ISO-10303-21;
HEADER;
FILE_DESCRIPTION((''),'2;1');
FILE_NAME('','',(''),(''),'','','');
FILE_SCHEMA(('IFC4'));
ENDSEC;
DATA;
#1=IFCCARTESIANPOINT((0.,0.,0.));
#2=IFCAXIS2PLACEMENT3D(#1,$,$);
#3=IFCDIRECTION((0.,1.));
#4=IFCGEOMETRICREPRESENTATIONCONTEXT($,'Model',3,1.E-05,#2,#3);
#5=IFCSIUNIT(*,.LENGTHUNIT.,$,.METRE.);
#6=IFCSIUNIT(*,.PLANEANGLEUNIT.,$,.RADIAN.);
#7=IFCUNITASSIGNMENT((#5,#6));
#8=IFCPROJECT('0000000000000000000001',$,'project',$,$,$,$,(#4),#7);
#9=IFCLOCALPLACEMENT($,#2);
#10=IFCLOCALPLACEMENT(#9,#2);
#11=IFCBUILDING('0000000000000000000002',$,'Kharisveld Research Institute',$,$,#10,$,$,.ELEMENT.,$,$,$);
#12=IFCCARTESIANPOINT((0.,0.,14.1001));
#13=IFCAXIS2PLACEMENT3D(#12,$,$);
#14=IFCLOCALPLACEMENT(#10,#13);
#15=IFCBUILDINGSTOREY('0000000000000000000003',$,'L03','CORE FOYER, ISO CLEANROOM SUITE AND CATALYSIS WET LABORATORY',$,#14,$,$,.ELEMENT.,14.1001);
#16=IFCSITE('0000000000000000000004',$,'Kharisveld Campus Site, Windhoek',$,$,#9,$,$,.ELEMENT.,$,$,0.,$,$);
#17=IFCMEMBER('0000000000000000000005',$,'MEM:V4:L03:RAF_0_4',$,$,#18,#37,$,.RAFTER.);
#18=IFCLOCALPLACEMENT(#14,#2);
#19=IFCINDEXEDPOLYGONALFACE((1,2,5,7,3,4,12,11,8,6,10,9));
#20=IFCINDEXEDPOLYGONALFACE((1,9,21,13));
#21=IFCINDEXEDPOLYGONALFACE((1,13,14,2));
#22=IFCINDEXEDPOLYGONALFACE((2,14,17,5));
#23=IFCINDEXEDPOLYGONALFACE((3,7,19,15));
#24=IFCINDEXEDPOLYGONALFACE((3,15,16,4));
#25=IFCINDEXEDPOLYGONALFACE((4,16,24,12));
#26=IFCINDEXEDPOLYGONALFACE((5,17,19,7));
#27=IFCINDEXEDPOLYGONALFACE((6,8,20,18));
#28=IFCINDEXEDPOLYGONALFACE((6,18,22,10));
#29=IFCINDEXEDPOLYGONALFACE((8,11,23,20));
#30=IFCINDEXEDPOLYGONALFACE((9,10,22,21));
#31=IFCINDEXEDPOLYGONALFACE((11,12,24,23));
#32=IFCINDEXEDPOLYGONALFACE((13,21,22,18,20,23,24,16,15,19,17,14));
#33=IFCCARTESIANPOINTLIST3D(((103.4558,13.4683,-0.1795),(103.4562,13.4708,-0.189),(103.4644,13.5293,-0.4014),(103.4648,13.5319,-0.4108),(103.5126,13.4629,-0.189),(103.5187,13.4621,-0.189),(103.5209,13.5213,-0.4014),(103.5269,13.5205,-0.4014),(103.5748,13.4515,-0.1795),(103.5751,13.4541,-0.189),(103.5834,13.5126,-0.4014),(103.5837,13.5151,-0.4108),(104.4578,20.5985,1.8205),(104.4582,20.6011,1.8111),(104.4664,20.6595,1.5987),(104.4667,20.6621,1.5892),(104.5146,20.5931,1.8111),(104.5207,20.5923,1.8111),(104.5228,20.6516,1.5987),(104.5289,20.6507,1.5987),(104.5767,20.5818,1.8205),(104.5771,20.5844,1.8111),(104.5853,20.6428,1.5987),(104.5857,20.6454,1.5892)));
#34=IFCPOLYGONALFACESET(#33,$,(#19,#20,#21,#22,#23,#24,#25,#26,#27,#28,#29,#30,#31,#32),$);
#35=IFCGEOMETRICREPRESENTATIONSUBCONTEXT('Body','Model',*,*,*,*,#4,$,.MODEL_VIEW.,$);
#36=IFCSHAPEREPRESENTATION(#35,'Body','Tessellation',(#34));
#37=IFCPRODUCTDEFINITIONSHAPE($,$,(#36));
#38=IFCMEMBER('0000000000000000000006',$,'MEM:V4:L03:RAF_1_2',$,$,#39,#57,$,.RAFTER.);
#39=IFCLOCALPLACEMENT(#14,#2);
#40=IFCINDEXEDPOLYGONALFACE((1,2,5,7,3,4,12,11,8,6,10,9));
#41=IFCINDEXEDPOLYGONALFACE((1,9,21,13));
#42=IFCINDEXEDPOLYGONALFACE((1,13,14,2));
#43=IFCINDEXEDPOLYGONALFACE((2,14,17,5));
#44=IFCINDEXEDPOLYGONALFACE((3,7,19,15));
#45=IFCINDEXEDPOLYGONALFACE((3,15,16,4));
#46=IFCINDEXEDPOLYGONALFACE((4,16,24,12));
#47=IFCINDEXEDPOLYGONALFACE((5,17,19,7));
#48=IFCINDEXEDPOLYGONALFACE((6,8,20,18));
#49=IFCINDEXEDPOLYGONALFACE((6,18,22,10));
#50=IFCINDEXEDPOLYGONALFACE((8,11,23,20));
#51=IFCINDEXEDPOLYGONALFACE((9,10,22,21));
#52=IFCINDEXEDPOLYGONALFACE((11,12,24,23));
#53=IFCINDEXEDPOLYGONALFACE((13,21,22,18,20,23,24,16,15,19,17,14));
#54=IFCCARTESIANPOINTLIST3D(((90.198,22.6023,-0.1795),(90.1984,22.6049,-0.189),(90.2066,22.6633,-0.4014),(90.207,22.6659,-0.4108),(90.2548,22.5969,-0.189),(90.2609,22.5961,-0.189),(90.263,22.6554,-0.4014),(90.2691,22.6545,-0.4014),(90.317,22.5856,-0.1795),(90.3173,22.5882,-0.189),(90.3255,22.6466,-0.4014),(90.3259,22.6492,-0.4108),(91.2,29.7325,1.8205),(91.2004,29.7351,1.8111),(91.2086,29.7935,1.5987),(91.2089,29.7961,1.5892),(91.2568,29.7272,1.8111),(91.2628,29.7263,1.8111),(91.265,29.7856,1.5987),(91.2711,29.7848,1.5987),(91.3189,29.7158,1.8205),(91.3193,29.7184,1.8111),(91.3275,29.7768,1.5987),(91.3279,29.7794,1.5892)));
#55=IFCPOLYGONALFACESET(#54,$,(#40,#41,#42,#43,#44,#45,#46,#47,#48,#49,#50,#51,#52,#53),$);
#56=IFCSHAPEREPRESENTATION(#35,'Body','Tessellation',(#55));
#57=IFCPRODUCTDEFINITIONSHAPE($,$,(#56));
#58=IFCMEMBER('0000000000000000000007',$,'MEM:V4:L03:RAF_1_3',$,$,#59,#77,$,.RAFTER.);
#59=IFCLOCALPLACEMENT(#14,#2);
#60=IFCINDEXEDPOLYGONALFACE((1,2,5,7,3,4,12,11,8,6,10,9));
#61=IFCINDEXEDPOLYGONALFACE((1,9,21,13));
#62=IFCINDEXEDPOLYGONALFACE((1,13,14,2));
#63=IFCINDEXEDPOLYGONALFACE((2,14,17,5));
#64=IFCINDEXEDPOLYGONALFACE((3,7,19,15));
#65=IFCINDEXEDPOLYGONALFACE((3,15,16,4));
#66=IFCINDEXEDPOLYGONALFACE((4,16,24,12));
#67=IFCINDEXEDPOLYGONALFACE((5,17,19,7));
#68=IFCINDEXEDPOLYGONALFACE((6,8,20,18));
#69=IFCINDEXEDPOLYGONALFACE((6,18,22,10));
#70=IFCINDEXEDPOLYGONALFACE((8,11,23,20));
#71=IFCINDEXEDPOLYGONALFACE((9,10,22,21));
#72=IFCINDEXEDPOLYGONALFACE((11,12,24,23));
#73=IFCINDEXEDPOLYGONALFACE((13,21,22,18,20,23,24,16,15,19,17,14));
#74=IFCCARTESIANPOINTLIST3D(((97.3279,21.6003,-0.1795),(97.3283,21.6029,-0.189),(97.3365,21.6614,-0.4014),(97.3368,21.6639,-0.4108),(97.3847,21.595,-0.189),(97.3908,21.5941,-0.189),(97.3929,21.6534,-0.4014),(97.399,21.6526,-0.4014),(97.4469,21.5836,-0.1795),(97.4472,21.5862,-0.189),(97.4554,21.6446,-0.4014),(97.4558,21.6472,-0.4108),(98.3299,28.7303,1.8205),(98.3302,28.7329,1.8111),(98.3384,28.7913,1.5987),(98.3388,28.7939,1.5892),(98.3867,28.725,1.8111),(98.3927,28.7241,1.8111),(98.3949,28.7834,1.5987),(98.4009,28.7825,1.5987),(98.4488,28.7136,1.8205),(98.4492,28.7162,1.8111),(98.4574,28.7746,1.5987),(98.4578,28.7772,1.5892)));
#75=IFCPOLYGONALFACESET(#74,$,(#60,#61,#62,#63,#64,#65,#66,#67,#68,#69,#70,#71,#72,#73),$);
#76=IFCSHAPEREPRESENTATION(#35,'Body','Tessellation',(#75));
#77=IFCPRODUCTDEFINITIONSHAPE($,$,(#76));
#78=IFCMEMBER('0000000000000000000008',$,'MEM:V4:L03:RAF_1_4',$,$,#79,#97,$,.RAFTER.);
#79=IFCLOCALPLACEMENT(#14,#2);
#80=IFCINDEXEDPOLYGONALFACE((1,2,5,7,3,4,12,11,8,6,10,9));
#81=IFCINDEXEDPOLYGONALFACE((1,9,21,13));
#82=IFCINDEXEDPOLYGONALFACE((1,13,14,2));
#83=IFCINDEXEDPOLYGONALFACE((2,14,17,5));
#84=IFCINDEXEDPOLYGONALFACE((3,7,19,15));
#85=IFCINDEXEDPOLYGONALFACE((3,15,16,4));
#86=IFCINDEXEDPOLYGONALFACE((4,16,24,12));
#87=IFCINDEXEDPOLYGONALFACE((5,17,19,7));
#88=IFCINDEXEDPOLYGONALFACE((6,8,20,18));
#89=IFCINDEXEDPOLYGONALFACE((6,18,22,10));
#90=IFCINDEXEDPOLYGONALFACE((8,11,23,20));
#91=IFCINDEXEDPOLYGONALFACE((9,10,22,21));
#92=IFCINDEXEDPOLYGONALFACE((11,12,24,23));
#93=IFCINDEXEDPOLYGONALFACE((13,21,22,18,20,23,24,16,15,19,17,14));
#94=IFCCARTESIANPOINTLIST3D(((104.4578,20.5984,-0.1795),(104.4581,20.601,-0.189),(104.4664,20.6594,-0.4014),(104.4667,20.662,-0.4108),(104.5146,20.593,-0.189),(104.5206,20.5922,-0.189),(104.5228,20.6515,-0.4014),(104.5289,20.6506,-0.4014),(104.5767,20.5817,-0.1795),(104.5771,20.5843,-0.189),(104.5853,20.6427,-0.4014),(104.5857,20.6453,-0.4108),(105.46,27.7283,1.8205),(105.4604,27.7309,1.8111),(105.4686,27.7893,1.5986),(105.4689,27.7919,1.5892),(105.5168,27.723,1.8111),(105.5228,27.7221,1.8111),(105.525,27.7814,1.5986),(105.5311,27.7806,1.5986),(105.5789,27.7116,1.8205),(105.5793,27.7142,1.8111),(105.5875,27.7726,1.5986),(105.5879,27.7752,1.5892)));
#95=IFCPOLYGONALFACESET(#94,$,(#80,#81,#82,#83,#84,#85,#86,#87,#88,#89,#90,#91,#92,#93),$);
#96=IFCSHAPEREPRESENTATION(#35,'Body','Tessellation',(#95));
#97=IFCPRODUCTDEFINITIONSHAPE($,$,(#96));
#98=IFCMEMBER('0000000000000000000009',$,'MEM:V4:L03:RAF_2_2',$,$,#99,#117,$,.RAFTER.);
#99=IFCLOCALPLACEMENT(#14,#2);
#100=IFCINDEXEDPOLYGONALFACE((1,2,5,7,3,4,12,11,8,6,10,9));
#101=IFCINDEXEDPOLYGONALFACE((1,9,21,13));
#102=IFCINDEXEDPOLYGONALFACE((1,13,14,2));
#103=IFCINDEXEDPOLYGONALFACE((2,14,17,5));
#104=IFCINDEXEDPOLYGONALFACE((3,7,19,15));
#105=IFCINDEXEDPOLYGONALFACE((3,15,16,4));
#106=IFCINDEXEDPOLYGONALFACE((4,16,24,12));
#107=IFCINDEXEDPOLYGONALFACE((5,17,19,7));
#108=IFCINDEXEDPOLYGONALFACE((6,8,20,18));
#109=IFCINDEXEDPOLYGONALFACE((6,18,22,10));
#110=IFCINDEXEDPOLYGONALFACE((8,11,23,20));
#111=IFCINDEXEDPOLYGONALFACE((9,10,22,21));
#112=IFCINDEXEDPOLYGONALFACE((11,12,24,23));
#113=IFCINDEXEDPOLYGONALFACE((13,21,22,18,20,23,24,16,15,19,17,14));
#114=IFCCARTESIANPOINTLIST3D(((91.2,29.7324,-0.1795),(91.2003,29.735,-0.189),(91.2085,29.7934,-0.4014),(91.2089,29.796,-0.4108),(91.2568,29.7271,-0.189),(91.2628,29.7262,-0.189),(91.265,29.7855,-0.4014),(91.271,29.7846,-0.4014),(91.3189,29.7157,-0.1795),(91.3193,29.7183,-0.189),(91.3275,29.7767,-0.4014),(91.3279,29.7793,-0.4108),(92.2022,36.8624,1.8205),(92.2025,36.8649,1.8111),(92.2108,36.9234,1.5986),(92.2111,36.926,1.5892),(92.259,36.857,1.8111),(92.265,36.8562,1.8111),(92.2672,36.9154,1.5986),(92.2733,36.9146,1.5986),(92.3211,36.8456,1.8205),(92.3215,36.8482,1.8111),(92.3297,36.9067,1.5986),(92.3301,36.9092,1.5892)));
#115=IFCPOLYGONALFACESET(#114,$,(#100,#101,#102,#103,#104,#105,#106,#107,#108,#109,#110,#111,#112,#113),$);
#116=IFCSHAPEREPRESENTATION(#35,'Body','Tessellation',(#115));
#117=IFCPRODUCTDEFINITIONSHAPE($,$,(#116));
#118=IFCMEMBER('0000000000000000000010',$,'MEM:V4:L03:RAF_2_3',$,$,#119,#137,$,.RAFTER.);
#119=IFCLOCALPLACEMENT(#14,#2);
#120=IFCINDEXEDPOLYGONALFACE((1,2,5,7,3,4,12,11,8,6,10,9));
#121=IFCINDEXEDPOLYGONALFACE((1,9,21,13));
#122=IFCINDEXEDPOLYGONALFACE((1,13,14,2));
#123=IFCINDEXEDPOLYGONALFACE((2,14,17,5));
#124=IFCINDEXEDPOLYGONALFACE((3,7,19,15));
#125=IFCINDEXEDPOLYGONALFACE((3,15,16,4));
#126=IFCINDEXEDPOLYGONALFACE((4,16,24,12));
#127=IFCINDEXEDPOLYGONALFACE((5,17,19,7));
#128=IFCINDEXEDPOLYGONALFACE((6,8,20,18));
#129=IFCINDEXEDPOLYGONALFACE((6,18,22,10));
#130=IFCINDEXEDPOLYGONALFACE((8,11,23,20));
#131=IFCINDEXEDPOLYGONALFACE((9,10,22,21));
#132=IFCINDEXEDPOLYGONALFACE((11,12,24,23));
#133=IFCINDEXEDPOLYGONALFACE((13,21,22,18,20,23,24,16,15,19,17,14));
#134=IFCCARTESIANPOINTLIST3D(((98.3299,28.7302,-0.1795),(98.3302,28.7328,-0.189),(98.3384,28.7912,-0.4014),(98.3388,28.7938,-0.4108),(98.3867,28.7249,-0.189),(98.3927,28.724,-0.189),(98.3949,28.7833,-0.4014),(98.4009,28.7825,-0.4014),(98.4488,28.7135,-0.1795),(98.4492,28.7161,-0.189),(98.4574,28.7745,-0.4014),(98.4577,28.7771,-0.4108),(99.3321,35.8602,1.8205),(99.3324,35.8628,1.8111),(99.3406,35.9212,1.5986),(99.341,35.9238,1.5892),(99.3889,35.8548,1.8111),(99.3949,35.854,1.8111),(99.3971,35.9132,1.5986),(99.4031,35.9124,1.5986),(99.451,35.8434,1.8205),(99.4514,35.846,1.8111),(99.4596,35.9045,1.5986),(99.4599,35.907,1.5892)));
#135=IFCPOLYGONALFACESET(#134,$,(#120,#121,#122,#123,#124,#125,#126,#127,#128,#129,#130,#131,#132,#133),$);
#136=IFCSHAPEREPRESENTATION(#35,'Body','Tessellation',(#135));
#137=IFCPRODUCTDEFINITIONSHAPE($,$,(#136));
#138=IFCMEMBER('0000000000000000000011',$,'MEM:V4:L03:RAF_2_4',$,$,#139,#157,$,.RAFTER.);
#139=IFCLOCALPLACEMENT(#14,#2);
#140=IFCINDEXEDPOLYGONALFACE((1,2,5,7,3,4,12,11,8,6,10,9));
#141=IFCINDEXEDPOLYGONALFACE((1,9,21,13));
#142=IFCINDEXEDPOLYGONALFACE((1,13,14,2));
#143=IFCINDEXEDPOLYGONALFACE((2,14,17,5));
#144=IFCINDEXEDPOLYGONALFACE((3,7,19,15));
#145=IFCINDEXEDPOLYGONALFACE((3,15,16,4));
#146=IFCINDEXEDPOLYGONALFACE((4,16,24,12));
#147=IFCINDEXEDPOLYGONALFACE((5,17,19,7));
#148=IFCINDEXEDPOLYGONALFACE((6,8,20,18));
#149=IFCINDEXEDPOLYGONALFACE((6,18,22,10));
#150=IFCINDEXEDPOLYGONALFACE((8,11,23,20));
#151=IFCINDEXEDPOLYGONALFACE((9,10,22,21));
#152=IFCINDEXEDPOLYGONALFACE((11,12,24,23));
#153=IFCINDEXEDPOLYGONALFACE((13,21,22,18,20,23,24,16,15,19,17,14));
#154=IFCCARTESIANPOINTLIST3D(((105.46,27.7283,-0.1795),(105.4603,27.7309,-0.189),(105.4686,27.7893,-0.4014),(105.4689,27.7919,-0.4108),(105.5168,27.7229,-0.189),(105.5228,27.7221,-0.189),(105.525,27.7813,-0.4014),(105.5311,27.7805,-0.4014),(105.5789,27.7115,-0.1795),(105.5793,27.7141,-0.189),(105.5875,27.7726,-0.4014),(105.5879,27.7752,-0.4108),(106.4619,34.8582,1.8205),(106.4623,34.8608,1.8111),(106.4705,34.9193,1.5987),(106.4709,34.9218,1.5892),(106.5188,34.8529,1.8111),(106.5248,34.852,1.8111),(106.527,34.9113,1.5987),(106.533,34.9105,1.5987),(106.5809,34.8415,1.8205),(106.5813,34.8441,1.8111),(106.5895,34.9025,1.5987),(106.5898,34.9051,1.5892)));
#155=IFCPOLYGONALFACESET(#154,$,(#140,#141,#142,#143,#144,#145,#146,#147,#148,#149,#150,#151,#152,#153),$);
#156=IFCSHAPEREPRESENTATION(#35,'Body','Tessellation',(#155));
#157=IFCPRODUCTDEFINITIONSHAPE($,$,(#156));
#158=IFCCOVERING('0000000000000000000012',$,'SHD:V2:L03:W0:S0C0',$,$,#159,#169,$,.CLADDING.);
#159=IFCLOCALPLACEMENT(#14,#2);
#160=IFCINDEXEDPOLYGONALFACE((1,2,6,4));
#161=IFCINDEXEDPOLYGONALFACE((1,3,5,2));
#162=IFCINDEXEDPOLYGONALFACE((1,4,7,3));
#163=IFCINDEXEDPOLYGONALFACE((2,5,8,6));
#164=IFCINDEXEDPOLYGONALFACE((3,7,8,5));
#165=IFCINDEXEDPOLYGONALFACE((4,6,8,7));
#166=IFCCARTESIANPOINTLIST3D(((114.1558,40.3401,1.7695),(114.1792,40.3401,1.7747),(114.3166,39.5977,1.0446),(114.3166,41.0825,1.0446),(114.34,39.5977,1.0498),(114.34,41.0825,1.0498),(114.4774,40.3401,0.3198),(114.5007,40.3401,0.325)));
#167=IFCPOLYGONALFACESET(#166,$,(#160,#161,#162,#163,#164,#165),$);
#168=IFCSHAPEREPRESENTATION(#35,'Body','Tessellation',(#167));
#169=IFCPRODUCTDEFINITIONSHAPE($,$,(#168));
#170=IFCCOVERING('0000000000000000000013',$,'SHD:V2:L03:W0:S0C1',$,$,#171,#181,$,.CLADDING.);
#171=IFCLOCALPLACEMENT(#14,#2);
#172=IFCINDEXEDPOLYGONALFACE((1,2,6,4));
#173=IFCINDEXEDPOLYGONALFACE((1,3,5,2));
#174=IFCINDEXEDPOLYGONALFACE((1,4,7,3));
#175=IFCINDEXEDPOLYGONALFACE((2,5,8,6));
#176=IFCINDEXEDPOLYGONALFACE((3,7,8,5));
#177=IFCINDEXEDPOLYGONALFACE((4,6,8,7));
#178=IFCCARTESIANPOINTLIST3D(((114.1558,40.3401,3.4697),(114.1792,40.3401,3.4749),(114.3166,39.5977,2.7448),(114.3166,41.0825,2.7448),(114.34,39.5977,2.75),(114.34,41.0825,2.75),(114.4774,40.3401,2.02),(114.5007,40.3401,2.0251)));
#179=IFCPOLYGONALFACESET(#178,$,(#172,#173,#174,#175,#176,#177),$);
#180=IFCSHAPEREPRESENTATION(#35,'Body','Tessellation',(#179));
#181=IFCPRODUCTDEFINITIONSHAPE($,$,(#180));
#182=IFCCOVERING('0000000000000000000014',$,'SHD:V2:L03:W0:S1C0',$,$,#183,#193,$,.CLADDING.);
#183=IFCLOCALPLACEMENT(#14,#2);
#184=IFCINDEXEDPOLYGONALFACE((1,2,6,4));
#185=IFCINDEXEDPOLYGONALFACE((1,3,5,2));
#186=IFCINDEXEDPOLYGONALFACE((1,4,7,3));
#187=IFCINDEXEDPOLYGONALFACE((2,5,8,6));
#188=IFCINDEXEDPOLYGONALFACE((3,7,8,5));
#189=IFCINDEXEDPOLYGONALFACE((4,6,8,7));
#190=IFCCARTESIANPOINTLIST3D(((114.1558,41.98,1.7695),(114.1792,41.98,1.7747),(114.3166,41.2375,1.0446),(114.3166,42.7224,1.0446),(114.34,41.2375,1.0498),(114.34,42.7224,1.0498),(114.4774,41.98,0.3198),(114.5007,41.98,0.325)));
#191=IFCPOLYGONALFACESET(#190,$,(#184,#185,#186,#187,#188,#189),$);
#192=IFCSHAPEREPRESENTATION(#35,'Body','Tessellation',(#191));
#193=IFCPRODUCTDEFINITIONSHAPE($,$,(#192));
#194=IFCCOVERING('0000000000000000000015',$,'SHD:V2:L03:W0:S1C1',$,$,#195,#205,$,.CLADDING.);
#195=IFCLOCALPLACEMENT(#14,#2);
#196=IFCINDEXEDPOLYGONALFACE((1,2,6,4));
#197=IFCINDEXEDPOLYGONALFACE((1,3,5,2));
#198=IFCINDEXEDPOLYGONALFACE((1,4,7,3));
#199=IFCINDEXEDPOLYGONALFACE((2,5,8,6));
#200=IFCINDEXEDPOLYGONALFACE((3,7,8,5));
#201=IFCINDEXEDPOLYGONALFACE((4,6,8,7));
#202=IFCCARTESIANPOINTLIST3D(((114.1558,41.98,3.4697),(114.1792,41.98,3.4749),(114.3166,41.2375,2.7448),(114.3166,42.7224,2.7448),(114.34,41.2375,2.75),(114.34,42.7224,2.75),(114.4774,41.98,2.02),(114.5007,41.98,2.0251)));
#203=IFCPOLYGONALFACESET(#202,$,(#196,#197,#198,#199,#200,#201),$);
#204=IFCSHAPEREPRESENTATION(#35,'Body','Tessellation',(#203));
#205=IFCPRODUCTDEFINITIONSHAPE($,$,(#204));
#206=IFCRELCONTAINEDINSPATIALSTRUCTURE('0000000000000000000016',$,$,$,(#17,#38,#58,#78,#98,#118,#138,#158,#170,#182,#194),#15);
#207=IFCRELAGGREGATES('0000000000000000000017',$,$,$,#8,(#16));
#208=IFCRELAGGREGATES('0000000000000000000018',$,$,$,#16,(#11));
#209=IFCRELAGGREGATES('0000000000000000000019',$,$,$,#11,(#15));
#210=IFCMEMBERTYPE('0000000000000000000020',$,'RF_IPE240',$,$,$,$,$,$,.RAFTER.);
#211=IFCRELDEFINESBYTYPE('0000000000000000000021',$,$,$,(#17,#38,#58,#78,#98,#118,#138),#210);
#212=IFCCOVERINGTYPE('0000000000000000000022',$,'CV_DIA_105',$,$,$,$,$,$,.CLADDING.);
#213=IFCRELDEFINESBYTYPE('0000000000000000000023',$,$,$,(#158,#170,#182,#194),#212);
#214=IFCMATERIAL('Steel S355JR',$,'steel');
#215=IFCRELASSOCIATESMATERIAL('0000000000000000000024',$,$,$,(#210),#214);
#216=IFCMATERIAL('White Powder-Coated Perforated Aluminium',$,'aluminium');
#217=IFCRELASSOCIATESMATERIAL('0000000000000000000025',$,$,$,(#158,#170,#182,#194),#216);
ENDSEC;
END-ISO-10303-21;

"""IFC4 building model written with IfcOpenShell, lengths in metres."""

from ifc_helpers import new_model, si_unit, direction, frame, origin, origin_2d, place, context, subcontext, project, spatial, polyline, i_section, outline, extrude, material, material_profile, profile_set, type_object, element, save


model = new_model("IFC4")

# Units and contexts
model_context = context("Model", 3, precision=1e-05, world=origin(), true_north=direction((0.0, 1.0)))
body_context = subcontext(model_context, "Body", "Model", "MODEL_VIEW")
ifc_project = project(units=[si_unit("LENGTHUNIT", "METRE"), si_unit("PLANEANGLEUNIT", "RADIAN")], contexts=[model_context])

# Site, building, storey
site_placement = place(None, origin())
site = spatial("IfcSite", under=ifc_project, at=site_placement, Name="Kharisveld Campus Site, Windhoek", CompositionType="ELEMENT", RefElevation=0.0)
building_placement = place(site_placement, origin())
building = spatial("IfcBuilding", under=site, at=building_placement, Name="Kharisveld Research Institute", CompositionType="ELEMENT")
storey_placement = place(building_placement, frame((0.0, 0.0, 14.1001)))
storey = spatial("IfcBuildingStorey", under=building, at=storey_placement, Name="L03", Description="CORE FOYER, ISO CLEANROOM SUITE AND CATALYSIS WET LABORATORY", CompositionType="ELEMENT", Elevation=14.1001)

# Members
ifc_material_1 = material(Name="Steel S355JR", Category="steel")
ifc_material_profile_1 = material_profile(ifc_material_1, i_section(OverallWidth=0.1201, OverallDepth=0.24, WebThickness=0.0061, FlangeThickness=0.0098, at=origin_2d()))
ifc_profile_set_1 = profile_set([ifc_material_profile_1], Name="Steel S355JR")
member_type = type_object("IfcMemberType", Name="RF_IPE240", PredefinedType="RAFTER", material=ifc_profile_set_1)
for number, where, z_axis, x_axis, name in (
    (1, (103.5198, 13.4917, -0.2952), (0.13408, 0.954145, 0.267638), (-0.99027, 0.139157, 0.0), "MEM:V4:L03:RAF_0_4"),
    (2, (90.262, 22.6257, -0.2952), (0.13408, 0.954145, 0.267638), (-0.99027, 0.139157, 0.0), "MEM:V4:L03:RAF_1_2"),
):
    element("IfcMember", number, at=place(storey_placement, frame(where, z_axis=z_axis, x_axis=x_axis)), inside=storey, type_object=member_type, Name=name, PredefinedType="RAFTER", context=body_context, shape_type="SweptSolid", body=[
        extrude(i_section(OverallWidth=0.1201, OverallDepth=0.24, WebThickness=0.0061, FlangeThickness=0.0098, at=origin_2d()), origin(), (0.0, 0.0, 1.0), 7.4729),
    ])
for number, where, z_axis, x_axis, name in (
    (3, (97.3918, 21.6238, -0.2952), (0.134084, 0.954142, 0.267646), (-0.99027, 0.139161, 0.0), "MEM:V4:L03:RAF_1_3"),
    (4, (104.5217, 20.6218, -0.2952), (0.134116, 0.954138, 0.267645), (-0.990265, 0.139195, 0.0), "MEM:V4:L03:RAF_1_4"),
    (5, (91.2639, 29.7559, -0.2952), (0.134116, 0.954138, 0.267645), (-0.990265, 0.139195, 0.0), "MEM:V4:L03:RAF_2_2"),
    (6, (98.3938, 28.7537, -0.2952), (0.134116, 0.954138, 0.267645), (-0.990265, 0.139195, 0.0), "MEM:V4:L03:RAF_2_3"),
    (7, (105.5239, 27.7517, -0.2952), (0.134084, 0.954142, 0.267646), (-0.99027, 0.139161, 0.0), "MEM:V4:L03:RAF_2_4"),
):
    element("IfcMember", number, at=place(storey_placement, frame(where, z_axis=z_axis, x_axis=x_axis)), inside=storey, type_object=member_type, Name=name, PredefinedType="RAFTER", context=body_context, shape_type="SweptSolid", body=[
        extrude(i_section(OverallWidth=0.1201, OverallDepth=0.24, WebThickness=0.0061, FlangeThickness=0.0098, at=origin_2d()), origin(), (0.0, 0.0, 1.0), 7.4727),
    ])

# Coverings
ifc_material_2 = material(Name="White Powder-Coated Perforated Aluminium", Category="aluminium")
covering_type = type_object("IfcCoveringType", Name="CV_DIA_105", PredefinedType="CLADDING")
for number, where, z_axis, x_axis, name in (
    (8, (114.5007, 40.3401, 0.325), (0.976276, 0.0, 0.21653), (-0.153111, 0.707102, 0.690336), "SHD:V2:L03:W0:S0C0"),
    (9, (114.5007, 40.3401, 2.0251), (0.976276, 0.0, 0.21653), (-0.153111, 0.707102, 0.690336), "SHD:V2:L03:W0:S0C1"),
    (10, (114.5007, 41.98, 0.325), (0.976276, 0.0, 0.21653), (-0.153111, 0.707102, 0.690336), "SHD:V2:L03:W0:S1C0"),
    (11, (114.5007, 41.98, 2.0251), (0.976276, 0.0, 0.21653), (-0.153111, 0.707102, 0.690336), "SHD:V2:L03:W0:S1C1"),
):
    element("IfcCovering", number, at=place(storey_placement, frame(where, z_axis=z_axis, x_axis=x_axis)), inside=storey, type_object=covering_type, material=ifc_material_2, Name=name, PredefinedType="CLADDING", context=body_context, shape_type="SweptSolid", body=[
        extrude(outline(polyline([(0.0, 0.0), (1.05, 0.0), (1.05, 1.05), (0.0, 1.05), (0.0, 0.0)])), origin(), (0.0, 0.0, -1.0), 0.0239),
    ])

save(model, "model.ifc")
